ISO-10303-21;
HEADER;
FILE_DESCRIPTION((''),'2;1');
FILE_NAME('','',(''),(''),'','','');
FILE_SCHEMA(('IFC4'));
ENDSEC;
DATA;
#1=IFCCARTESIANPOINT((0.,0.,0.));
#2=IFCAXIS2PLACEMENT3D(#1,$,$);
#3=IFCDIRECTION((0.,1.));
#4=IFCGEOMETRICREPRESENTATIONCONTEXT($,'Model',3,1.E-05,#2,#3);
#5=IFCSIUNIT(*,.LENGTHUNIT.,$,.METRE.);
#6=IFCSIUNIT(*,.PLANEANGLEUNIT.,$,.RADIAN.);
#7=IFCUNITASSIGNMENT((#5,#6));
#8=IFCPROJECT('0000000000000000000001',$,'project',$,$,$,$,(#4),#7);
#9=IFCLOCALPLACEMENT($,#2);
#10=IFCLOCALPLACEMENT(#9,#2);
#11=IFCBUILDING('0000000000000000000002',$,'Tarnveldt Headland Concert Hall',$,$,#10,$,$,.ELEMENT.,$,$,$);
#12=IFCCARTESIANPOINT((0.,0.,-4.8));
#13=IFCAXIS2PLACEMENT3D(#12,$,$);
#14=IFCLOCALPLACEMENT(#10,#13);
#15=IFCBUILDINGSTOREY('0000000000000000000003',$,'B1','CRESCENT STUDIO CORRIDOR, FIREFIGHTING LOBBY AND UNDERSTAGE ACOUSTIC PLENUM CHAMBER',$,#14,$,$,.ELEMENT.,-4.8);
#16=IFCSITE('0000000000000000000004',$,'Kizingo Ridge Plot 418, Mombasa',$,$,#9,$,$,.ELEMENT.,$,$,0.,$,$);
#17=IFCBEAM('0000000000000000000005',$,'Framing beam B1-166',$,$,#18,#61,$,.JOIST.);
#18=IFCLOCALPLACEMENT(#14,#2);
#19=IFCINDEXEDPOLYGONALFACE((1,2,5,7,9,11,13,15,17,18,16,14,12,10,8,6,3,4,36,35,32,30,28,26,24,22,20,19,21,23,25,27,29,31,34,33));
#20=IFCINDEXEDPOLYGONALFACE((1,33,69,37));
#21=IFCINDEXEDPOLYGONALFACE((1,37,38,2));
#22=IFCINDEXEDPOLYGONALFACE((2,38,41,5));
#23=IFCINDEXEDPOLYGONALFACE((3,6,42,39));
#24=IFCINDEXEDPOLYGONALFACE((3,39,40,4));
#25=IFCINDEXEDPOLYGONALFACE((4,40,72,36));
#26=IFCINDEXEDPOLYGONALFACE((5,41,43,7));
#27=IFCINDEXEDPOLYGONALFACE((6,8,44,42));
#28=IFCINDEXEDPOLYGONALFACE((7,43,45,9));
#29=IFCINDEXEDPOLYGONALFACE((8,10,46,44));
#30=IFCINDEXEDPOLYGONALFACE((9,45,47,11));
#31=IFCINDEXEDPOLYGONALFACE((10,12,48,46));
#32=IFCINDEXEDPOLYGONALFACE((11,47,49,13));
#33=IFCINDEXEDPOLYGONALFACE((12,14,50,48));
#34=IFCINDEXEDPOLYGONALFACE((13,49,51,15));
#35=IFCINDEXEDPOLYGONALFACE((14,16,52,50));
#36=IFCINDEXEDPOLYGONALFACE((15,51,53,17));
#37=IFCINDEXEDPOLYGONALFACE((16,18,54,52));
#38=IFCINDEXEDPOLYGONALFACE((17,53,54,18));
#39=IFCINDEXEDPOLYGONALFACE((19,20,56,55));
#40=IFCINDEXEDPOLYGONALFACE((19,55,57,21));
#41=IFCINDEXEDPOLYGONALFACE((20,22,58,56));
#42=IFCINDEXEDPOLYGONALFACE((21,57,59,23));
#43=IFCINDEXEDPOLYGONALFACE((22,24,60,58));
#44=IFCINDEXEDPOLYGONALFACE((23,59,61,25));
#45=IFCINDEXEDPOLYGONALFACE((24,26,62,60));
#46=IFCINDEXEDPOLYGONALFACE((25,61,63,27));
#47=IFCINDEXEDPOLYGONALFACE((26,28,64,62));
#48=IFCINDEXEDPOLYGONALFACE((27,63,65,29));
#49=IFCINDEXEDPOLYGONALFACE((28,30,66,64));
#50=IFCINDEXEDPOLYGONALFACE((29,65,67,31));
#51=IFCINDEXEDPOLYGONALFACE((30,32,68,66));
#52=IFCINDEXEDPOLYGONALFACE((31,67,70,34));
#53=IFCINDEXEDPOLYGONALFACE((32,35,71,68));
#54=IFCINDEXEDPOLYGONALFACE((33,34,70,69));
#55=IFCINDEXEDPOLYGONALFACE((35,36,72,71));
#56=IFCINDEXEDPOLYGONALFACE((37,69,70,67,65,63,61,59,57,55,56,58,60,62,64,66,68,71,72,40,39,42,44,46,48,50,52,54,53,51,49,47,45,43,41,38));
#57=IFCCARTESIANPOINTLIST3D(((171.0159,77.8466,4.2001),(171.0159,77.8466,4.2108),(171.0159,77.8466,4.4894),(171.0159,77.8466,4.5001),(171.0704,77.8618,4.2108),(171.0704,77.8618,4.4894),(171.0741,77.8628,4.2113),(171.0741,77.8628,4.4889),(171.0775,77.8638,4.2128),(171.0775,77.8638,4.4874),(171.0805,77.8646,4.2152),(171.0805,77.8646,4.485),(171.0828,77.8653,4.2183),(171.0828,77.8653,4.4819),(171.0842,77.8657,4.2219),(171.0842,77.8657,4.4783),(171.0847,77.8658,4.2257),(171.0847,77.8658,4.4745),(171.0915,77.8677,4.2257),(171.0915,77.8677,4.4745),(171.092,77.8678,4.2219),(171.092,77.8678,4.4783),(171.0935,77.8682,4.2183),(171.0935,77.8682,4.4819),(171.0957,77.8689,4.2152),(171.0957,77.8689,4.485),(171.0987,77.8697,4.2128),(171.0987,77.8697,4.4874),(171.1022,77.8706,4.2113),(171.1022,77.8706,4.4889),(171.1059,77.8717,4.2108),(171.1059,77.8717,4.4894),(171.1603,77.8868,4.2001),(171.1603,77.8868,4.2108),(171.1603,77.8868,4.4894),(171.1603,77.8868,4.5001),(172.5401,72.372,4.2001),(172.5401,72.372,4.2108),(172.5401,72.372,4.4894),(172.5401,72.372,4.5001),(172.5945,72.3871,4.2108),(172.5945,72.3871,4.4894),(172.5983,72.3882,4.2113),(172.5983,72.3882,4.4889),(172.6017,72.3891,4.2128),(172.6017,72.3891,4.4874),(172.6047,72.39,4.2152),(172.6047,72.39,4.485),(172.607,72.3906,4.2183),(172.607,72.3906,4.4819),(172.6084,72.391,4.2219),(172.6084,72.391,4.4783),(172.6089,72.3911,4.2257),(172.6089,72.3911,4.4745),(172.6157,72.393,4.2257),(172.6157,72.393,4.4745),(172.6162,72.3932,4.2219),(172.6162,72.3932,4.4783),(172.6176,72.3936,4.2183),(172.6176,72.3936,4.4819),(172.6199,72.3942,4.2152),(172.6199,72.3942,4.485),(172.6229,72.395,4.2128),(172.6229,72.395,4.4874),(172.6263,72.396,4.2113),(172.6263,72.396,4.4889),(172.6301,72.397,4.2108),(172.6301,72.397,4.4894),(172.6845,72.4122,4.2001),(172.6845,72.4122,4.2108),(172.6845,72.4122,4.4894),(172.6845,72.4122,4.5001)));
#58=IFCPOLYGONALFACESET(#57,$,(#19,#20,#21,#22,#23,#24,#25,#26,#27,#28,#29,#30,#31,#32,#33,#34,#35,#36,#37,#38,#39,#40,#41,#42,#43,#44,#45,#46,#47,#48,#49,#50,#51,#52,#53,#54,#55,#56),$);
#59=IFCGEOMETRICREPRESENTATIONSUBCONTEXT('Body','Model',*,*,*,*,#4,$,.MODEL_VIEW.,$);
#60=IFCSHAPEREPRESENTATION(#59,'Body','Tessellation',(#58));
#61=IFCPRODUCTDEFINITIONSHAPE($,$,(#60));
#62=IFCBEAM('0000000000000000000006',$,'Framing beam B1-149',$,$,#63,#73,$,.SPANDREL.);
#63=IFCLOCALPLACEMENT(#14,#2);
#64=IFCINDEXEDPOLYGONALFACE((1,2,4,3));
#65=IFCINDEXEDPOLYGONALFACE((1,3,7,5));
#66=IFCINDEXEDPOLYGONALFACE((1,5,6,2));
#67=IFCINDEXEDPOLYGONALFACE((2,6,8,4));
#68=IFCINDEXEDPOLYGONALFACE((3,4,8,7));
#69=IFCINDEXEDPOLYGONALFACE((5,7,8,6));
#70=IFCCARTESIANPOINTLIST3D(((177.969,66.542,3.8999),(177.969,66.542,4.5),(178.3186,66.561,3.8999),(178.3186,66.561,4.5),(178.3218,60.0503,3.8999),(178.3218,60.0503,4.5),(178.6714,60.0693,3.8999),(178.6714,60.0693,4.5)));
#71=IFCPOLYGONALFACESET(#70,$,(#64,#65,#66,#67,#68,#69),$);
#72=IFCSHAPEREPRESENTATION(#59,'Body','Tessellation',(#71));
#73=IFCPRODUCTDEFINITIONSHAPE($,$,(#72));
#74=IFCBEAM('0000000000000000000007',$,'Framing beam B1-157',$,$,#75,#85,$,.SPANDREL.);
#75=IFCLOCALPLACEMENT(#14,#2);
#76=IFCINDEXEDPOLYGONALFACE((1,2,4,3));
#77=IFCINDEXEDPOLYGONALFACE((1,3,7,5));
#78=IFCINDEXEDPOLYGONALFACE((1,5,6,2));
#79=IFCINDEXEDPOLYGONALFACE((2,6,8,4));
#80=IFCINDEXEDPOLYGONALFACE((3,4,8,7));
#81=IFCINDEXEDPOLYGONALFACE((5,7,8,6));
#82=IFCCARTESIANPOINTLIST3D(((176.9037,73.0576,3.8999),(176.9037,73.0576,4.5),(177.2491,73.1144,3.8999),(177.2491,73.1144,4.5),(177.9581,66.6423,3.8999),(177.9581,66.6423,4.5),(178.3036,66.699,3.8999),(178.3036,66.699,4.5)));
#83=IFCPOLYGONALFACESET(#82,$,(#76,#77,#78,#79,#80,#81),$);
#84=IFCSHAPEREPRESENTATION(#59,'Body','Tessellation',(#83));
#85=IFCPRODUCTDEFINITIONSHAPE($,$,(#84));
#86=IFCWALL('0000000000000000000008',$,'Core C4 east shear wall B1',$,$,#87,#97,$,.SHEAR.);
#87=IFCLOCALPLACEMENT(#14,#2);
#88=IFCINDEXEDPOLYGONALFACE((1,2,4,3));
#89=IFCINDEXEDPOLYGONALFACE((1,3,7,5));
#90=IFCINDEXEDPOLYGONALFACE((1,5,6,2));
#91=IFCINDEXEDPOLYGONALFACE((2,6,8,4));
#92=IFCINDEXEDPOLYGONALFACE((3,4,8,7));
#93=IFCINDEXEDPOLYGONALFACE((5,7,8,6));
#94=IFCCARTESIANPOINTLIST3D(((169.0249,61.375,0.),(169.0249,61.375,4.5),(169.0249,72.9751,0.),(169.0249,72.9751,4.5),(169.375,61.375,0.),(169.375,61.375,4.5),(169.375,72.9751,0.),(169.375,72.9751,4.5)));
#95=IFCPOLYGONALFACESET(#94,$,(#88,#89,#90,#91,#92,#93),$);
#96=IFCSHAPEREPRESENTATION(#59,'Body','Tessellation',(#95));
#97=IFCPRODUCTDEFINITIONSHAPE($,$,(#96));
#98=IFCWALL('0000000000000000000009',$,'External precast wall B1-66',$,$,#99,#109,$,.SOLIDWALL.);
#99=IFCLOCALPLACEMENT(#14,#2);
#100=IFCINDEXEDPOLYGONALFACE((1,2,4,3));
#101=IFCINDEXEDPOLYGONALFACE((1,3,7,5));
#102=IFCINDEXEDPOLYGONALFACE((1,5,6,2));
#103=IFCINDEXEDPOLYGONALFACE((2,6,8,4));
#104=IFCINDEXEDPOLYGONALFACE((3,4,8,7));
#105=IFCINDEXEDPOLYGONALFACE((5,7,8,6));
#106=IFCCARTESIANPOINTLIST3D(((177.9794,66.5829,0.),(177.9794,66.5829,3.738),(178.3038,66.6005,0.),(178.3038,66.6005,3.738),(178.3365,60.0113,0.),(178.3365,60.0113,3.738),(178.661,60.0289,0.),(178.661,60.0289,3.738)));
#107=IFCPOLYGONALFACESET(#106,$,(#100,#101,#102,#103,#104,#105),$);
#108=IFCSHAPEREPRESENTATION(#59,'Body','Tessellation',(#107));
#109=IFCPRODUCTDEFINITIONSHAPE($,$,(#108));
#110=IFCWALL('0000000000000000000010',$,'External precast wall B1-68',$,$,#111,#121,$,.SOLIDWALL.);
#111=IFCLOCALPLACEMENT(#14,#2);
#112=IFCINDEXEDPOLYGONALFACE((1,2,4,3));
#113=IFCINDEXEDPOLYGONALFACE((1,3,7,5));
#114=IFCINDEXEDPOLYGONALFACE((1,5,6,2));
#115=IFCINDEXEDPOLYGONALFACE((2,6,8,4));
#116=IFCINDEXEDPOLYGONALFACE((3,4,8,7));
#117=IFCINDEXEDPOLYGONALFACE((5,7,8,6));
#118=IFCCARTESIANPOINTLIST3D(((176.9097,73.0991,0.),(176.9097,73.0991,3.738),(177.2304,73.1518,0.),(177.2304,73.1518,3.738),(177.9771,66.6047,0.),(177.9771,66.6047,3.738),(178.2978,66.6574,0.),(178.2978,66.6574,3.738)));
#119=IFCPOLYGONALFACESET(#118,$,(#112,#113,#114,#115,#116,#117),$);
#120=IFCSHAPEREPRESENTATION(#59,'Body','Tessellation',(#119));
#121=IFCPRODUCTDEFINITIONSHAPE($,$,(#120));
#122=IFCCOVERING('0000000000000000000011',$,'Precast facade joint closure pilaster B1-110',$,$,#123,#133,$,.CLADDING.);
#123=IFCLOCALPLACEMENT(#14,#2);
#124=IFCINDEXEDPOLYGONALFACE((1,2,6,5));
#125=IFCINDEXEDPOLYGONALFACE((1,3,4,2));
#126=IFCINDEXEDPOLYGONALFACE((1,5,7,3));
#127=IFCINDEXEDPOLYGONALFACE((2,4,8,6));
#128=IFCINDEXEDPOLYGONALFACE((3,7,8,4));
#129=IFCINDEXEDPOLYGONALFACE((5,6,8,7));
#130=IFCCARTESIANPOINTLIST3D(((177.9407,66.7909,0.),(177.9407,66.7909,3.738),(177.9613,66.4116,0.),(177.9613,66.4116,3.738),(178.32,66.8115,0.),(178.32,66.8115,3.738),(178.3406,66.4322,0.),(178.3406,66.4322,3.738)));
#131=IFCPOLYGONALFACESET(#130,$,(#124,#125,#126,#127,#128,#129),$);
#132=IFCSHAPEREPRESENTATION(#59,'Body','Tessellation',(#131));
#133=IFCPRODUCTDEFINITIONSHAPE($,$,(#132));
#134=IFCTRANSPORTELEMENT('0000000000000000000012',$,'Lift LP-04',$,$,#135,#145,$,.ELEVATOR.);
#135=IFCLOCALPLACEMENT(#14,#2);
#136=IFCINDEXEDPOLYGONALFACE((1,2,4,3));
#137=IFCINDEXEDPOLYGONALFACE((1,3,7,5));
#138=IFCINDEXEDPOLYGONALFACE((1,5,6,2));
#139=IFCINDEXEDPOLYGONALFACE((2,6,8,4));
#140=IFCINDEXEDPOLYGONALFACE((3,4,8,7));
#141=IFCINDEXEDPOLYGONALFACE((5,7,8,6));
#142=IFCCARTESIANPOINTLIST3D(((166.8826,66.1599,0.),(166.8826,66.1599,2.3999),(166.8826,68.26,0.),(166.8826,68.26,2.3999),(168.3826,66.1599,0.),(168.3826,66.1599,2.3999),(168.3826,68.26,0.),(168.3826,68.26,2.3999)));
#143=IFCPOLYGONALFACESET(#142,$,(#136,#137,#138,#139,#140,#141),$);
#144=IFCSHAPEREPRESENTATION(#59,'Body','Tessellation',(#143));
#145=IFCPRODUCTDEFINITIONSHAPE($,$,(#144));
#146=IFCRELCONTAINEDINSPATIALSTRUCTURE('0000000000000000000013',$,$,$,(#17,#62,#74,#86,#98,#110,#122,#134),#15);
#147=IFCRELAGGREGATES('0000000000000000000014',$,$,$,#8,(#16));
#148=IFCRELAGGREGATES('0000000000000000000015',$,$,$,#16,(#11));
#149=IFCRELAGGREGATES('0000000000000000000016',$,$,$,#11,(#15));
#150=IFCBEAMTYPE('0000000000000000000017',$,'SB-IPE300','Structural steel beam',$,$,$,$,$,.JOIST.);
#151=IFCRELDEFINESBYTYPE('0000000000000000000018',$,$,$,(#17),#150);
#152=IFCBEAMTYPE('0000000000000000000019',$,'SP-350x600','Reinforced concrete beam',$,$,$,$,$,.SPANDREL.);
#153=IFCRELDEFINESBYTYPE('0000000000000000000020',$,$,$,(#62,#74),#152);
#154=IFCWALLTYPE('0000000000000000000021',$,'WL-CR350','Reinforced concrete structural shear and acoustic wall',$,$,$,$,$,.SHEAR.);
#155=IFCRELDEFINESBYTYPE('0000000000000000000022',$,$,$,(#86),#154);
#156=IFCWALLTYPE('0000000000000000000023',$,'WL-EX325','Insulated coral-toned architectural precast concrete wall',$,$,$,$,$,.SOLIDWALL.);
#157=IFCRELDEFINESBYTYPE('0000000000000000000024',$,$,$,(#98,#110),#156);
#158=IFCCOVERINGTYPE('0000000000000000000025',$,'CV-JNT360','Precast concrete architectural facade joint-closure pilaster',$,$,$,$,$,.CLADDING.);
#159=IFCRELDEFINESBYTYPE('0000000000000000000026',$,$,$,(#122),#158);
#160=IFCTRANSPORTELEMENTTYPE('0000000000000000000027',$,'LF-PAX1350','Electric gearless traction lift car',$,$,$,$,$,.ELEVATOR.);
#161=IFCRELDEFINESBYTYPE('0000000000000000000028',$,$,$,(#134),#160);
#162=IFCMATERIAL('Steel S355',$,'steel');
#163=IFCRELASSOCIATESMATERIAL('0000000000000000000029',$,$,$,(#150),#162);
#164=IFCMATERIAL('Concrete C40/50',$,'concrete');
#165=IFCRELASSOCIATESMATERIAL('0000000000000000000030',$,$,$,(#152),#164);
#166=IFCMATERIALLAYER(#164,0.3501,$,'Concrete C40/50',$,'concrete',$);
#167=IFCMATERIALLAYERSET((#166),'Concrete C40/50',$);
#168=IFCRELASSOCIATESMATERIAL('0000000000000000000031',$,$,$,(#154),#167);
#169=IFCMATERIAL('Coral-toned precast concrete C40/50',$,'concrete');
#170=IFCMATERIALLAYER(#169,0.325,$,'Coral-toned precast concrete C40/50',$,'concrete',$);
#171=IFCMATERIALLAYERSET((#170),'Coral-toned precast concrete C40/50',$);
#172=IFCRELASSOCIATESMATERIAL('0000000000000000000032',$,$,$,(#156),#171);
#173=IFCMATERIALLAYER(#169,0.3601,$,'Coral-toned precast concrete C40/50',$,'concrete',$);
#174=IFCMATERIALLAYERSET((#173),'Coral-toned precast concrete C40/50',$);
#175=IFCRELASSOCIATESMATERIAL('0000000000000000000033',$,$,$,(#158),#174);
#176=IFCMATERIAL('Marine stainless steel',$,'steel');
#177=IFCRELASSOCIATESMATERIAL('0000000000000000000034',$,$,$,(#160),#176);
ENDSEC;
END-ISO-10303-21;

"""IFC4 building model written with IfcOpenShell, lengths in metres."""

from ifc_helpers import new_model, si_unit, direction, frame, frame_2d, origin, origin_2d, place, context, subcontext, project, spatial, rectangle, i_section, extrude, material, layer, layer_set, material_profile, profile_set, type_object, element, save


model = new_model("IFC4")

# Units and contexts
model_context = context("Model", 3, precision=1e-05, world=origin(), true_north=direction((0.0, 1.0)))
body_context = subcontext(model_context, "Body", "Model", "MODEL_VIEW")
ifc_project = project(units=[si_unit("LENGTHUNIT", "METRE"), si_unit("PLANEANGLEUNIT", "RADIAN")], contexts=[model_context])

# Site, building, storey
site_placement = place(None, origin())
site = spatial("IfcSite", under=ifc_project, at=site_placement, Name="Kizingo Ridge Plot 418, Mombasa", CompositionType="ELEMENT", RefElevation=0.0)
building_placement = place(site_placement, origin())
building = spatial("IfcBuilding", under=site, at=building_placement, Name="Tarnveldt Headland Concert Hall", CompositionType="ELEMENT")
storey_placement = place(building_placement, frame((0.0, 0.0, -4.8)))
storey = spatial("IfcBuildingStorey", under=building, at=storey_placement, Name="B1", Description="CRESCENT STUDIO CORRIDOR, FIREFIGHTING LOBBY AND UNDERSTAGE ACOUSTIC PLENUM CHAMBER", CompositionType="ELEMENT", Elevation=-4.8)

# Shared definitions
ifc_material_1 = material(Name="Concrete C40/50", Category="concrete")

# Beams
ifc_material_2 = material(Name="Steel S355", Category="steel")
ifc_material_profile_1 = material_profile(ifc_material_2, i_section(OverallWidth=0.1499, OverallDepth=0.3, WebThickness=0.0071, FlangeThickness=0.0107, FilletRadius=0.0149, at=origin_2d()), Name="IPE300", Category="steel")
ifc_profile_set_1 = profile_set([ifc_material_profile_1], Name="Steel S355")
beam_type_1 = type_object("IfcBeamType", Name="SB-IPE300", Description="Structural steel beam", PredefinedType="JOIST", material=ifc_profile_set_1)
for number, where, z_axis, x_axis, name in (
    (1, (172.6123, 72.3921, 4.3501), (-0.268207, 0.963361, 0.0), (-0.963361, -0.268207, 0.0), "Framing beam B1-166"),
):
    element("IfcBeam", number, at=place(storey_placement, frame(where, z_axis=z_axis, x_axis=x_axis)), inside=storey, type_object=beam_type_1, Name=name, PredefinedType="JOIST", context=body_context, shape_type="SweptSolid", body=[
        extrude(i_section(OverallWidth=0.1499, OverallDepth=0.3, WebThickness=0.0071, FlangeThickness=0.0107, FilletRadius=0.0149, at=origin_2d()), origin(), (0.0, 0.0, 1.0), 5.6829),
    ])
ifc_material_profile_2 = material_profile(ifc_material_1, rectangle(XDim=0.3501, YDim=0.6001, at=origin_2d()), Name="RC SPANDREL 350x600", Category="concrete")
ifc_profile_set_2 = profile_set([ifc_material_profile_2], Name="Concrete C40/50")
beam_type_2 = type_object("IfcBeamType", Name="SP-350x600", Description="Reinforced concrete beam", PredefinedType="SPANDREL", material=ifc_profile_set_2)
beam_1_placement = place(storey_placement, frame((178.4966, 60.0598, 4.2), z_axis=(-0.054264, 0.998527, 0.0), x_axis=(-0.998527, -0.054264, 0.0)))
element("IfcBeam", 2, at=beam_1_placement, inside=storey, type_object=beam_type_2, Name="Framing beam B1-149", PredefinedType="SPANDREL", context=body_context, shape_type="SweptSolid", body=[
    extrude(rectangle(XDim=0.3501, YDim=0.6001, at=origin_2d()), origin(), (0.0, 0.0, 1.0), 6.5012),
])
beam_2_placement = place(storey_placement, frame((178.1309, 66.6707, 4.2), z_axis=(-0.162188, 0.98676, 0.0), x_axis=(-0.98676, -0.162188, 0.0)))
element("IfcBeam", 3, at=beam_2_placement, inside=storey, type_object=beam_type_2, Name="Framing beam B1-157", PredefinedType="SPANDREL", context=body_context, shape_type="SweptSolid", body=[
    extrude(rectangle(XDim=0.3501, YDim=0.6001, at=origin_2d()), origin(), (0.0, 0.0, 1.0), 6.5015),
])

# Walls
ifc_layer_1 = layer(ifc_material_1, 0.3501, Name="Concrete C40/50", Category="concrete")
ifc_layer_set_1 = layer_set([ifc_layer_1], Name="Concrete C40/50")
wall_type_1 = type_object("IfcWallType", Name="WL-CR350", Description="Reinforced concrete structural shear and acoustic wall", PredefinedType="SHEAR", material=ifc_layer_set_1)
wall_1_placement = place(storey_placement, frame((169.2, 61.375, 0.0), z_axis=(0.0, 0.0, 1.0), x_axis=(0.0, 1.0, 0.0)))
element("IfcWall", 4, at=wall_1_placement, inside=storey, type_object=wall_type_1, Name="Core C4 east shear wall B1", PredefinedType="SHEAR", context=body_context, shape_type="SweptSolid", body=[
    extrude(rectangle(XDim=11.6001, YDim=0.3501, at=frame_2d((5.8, 0.0))), origin(), (0.0, 0.0, 1.0), 4.5),
])
ifc_material_3 = material(Name="Coral-toned precast concrete C40/50", Category="concrete")
ifc_layer_2 = layer(ifc_material_3, 0.325, Name="Coral-toned precast concrete C40/50", Category="concrete")
ifc_layer_set_2 = layer_set([ifc_layer_2], Name="Coral-toned precast concrete C40/50")
wall_type_2 = type_object("IfcWallType", Name="WL-EX325", Description="Insulated coral-toned architectural precast concrete wall", PredefinedType="SOLIDWALL", material=ifc_layer_set_2)
wall_2_placement = place(storey_placement, frame((178.1416, 66.5916, 0.0), z_axis=(0.0, 0.0, 1.0), x_axis=(0.054272, -0.998526, 0.0)))
element("IfcWall", 5, at=wall_2_placement, inside=storey, type_object=wall_type_2, Name="External precast wall B1-66", PredefinedType="SOLIDWALL", context=body_context, shape_type="SweptSolid", body=[
    extrude(rectangle(XDim=6.5813, YDim=0.325, at=frame_2d((3.2905, 0.0))), origin(), (0.0, 0.0, 1.0), 3.738),
])
wall_3_placement = place(storey_placement, frame((177.0701, 73.1255, 0.0), z_axis=(0.0, 0.0, 1.0), x_axis=(0.162179, -0.986761, 0.0)))
element("IfcWall", 6, at=wall_3_placement, inside=storey, type_object=wall_type_2, Name="External precast wall B1-68", PredefinedType="SOLIDWALL", context=body_context, shape_type="SweptSolid", body=[
    extrude(rectangle(XDim=6.5815, YDim=0.325, at=frame_2d((3.2908, 0.0))), origin(), (0.0, 0.0, 1.0), 3.738),
])

# Covering
ifc_layer_3 = layer(ifc_material_3, 0.3601, Name="Coral-toned precast concrete C40/50", Category="concrete")
ifc_layer_set_3 = layer_set([ifc_layer_3], Name="Coral-toned precast concrete C40/50")
covering_type = type_object("IfcCoveringType", Name="CV-JNT360", Description="Precast concrete architectural facade joint-closure pilaster", PredefinedType="CLADDING", material=ifc_layer_set_3)
covering_placement = place(storey_placement, frame((178.1406, 66.6116, 0.0), z_axis=(0.0, 0.0, 1.0), x_axis=(0.054253, -0.998527, 0.0)))
element("IfcCovering", 7, at=covering_placement, inside=storey, type_object=covering_type, Name="Precast facade joint closure pilaster B1-110", PredefinedType="CLADDING", context=body_context, shape_type="SweptSolid", body=[
    extrude(rectangle(XDim=0.3799, YDim=0.3799, at=origin_2d()), origin(), (0.0, 0.0, 1.0), 3.738),
])

# Transport element
ifc_material_4 = material(Name="Marine stainless steel", Category="steel")
transport_element_type = type_object("IfcTransportElementType", Name="LF-PAX1350", Description="Electric gearless traction lift car", PredefinedType="ELEVATOR", material=ifc_material_4)
transport_element_placement = place(storey_placement, frame((167.6326, 67.21, 0.0), z_axis=(0.0, 0.0, 1.0), x_axis=(1.0, 0.0, 0.0)))
element("IfcTransportElement", 8, at=transport_element_placement, inside=storey, type_object=transport_element_type, Name="Lift LP-04", PredefinedType="ELEVATOR", context=body_context, shape_type="SweptSolid", body=[
    extrude(rectangle(XDim=1.5, YDim=2.1001, at=origin_2d()), origin(), (0.0, 0.0, 1.0), 2.3999),
])

save(model, "model.ifc")
